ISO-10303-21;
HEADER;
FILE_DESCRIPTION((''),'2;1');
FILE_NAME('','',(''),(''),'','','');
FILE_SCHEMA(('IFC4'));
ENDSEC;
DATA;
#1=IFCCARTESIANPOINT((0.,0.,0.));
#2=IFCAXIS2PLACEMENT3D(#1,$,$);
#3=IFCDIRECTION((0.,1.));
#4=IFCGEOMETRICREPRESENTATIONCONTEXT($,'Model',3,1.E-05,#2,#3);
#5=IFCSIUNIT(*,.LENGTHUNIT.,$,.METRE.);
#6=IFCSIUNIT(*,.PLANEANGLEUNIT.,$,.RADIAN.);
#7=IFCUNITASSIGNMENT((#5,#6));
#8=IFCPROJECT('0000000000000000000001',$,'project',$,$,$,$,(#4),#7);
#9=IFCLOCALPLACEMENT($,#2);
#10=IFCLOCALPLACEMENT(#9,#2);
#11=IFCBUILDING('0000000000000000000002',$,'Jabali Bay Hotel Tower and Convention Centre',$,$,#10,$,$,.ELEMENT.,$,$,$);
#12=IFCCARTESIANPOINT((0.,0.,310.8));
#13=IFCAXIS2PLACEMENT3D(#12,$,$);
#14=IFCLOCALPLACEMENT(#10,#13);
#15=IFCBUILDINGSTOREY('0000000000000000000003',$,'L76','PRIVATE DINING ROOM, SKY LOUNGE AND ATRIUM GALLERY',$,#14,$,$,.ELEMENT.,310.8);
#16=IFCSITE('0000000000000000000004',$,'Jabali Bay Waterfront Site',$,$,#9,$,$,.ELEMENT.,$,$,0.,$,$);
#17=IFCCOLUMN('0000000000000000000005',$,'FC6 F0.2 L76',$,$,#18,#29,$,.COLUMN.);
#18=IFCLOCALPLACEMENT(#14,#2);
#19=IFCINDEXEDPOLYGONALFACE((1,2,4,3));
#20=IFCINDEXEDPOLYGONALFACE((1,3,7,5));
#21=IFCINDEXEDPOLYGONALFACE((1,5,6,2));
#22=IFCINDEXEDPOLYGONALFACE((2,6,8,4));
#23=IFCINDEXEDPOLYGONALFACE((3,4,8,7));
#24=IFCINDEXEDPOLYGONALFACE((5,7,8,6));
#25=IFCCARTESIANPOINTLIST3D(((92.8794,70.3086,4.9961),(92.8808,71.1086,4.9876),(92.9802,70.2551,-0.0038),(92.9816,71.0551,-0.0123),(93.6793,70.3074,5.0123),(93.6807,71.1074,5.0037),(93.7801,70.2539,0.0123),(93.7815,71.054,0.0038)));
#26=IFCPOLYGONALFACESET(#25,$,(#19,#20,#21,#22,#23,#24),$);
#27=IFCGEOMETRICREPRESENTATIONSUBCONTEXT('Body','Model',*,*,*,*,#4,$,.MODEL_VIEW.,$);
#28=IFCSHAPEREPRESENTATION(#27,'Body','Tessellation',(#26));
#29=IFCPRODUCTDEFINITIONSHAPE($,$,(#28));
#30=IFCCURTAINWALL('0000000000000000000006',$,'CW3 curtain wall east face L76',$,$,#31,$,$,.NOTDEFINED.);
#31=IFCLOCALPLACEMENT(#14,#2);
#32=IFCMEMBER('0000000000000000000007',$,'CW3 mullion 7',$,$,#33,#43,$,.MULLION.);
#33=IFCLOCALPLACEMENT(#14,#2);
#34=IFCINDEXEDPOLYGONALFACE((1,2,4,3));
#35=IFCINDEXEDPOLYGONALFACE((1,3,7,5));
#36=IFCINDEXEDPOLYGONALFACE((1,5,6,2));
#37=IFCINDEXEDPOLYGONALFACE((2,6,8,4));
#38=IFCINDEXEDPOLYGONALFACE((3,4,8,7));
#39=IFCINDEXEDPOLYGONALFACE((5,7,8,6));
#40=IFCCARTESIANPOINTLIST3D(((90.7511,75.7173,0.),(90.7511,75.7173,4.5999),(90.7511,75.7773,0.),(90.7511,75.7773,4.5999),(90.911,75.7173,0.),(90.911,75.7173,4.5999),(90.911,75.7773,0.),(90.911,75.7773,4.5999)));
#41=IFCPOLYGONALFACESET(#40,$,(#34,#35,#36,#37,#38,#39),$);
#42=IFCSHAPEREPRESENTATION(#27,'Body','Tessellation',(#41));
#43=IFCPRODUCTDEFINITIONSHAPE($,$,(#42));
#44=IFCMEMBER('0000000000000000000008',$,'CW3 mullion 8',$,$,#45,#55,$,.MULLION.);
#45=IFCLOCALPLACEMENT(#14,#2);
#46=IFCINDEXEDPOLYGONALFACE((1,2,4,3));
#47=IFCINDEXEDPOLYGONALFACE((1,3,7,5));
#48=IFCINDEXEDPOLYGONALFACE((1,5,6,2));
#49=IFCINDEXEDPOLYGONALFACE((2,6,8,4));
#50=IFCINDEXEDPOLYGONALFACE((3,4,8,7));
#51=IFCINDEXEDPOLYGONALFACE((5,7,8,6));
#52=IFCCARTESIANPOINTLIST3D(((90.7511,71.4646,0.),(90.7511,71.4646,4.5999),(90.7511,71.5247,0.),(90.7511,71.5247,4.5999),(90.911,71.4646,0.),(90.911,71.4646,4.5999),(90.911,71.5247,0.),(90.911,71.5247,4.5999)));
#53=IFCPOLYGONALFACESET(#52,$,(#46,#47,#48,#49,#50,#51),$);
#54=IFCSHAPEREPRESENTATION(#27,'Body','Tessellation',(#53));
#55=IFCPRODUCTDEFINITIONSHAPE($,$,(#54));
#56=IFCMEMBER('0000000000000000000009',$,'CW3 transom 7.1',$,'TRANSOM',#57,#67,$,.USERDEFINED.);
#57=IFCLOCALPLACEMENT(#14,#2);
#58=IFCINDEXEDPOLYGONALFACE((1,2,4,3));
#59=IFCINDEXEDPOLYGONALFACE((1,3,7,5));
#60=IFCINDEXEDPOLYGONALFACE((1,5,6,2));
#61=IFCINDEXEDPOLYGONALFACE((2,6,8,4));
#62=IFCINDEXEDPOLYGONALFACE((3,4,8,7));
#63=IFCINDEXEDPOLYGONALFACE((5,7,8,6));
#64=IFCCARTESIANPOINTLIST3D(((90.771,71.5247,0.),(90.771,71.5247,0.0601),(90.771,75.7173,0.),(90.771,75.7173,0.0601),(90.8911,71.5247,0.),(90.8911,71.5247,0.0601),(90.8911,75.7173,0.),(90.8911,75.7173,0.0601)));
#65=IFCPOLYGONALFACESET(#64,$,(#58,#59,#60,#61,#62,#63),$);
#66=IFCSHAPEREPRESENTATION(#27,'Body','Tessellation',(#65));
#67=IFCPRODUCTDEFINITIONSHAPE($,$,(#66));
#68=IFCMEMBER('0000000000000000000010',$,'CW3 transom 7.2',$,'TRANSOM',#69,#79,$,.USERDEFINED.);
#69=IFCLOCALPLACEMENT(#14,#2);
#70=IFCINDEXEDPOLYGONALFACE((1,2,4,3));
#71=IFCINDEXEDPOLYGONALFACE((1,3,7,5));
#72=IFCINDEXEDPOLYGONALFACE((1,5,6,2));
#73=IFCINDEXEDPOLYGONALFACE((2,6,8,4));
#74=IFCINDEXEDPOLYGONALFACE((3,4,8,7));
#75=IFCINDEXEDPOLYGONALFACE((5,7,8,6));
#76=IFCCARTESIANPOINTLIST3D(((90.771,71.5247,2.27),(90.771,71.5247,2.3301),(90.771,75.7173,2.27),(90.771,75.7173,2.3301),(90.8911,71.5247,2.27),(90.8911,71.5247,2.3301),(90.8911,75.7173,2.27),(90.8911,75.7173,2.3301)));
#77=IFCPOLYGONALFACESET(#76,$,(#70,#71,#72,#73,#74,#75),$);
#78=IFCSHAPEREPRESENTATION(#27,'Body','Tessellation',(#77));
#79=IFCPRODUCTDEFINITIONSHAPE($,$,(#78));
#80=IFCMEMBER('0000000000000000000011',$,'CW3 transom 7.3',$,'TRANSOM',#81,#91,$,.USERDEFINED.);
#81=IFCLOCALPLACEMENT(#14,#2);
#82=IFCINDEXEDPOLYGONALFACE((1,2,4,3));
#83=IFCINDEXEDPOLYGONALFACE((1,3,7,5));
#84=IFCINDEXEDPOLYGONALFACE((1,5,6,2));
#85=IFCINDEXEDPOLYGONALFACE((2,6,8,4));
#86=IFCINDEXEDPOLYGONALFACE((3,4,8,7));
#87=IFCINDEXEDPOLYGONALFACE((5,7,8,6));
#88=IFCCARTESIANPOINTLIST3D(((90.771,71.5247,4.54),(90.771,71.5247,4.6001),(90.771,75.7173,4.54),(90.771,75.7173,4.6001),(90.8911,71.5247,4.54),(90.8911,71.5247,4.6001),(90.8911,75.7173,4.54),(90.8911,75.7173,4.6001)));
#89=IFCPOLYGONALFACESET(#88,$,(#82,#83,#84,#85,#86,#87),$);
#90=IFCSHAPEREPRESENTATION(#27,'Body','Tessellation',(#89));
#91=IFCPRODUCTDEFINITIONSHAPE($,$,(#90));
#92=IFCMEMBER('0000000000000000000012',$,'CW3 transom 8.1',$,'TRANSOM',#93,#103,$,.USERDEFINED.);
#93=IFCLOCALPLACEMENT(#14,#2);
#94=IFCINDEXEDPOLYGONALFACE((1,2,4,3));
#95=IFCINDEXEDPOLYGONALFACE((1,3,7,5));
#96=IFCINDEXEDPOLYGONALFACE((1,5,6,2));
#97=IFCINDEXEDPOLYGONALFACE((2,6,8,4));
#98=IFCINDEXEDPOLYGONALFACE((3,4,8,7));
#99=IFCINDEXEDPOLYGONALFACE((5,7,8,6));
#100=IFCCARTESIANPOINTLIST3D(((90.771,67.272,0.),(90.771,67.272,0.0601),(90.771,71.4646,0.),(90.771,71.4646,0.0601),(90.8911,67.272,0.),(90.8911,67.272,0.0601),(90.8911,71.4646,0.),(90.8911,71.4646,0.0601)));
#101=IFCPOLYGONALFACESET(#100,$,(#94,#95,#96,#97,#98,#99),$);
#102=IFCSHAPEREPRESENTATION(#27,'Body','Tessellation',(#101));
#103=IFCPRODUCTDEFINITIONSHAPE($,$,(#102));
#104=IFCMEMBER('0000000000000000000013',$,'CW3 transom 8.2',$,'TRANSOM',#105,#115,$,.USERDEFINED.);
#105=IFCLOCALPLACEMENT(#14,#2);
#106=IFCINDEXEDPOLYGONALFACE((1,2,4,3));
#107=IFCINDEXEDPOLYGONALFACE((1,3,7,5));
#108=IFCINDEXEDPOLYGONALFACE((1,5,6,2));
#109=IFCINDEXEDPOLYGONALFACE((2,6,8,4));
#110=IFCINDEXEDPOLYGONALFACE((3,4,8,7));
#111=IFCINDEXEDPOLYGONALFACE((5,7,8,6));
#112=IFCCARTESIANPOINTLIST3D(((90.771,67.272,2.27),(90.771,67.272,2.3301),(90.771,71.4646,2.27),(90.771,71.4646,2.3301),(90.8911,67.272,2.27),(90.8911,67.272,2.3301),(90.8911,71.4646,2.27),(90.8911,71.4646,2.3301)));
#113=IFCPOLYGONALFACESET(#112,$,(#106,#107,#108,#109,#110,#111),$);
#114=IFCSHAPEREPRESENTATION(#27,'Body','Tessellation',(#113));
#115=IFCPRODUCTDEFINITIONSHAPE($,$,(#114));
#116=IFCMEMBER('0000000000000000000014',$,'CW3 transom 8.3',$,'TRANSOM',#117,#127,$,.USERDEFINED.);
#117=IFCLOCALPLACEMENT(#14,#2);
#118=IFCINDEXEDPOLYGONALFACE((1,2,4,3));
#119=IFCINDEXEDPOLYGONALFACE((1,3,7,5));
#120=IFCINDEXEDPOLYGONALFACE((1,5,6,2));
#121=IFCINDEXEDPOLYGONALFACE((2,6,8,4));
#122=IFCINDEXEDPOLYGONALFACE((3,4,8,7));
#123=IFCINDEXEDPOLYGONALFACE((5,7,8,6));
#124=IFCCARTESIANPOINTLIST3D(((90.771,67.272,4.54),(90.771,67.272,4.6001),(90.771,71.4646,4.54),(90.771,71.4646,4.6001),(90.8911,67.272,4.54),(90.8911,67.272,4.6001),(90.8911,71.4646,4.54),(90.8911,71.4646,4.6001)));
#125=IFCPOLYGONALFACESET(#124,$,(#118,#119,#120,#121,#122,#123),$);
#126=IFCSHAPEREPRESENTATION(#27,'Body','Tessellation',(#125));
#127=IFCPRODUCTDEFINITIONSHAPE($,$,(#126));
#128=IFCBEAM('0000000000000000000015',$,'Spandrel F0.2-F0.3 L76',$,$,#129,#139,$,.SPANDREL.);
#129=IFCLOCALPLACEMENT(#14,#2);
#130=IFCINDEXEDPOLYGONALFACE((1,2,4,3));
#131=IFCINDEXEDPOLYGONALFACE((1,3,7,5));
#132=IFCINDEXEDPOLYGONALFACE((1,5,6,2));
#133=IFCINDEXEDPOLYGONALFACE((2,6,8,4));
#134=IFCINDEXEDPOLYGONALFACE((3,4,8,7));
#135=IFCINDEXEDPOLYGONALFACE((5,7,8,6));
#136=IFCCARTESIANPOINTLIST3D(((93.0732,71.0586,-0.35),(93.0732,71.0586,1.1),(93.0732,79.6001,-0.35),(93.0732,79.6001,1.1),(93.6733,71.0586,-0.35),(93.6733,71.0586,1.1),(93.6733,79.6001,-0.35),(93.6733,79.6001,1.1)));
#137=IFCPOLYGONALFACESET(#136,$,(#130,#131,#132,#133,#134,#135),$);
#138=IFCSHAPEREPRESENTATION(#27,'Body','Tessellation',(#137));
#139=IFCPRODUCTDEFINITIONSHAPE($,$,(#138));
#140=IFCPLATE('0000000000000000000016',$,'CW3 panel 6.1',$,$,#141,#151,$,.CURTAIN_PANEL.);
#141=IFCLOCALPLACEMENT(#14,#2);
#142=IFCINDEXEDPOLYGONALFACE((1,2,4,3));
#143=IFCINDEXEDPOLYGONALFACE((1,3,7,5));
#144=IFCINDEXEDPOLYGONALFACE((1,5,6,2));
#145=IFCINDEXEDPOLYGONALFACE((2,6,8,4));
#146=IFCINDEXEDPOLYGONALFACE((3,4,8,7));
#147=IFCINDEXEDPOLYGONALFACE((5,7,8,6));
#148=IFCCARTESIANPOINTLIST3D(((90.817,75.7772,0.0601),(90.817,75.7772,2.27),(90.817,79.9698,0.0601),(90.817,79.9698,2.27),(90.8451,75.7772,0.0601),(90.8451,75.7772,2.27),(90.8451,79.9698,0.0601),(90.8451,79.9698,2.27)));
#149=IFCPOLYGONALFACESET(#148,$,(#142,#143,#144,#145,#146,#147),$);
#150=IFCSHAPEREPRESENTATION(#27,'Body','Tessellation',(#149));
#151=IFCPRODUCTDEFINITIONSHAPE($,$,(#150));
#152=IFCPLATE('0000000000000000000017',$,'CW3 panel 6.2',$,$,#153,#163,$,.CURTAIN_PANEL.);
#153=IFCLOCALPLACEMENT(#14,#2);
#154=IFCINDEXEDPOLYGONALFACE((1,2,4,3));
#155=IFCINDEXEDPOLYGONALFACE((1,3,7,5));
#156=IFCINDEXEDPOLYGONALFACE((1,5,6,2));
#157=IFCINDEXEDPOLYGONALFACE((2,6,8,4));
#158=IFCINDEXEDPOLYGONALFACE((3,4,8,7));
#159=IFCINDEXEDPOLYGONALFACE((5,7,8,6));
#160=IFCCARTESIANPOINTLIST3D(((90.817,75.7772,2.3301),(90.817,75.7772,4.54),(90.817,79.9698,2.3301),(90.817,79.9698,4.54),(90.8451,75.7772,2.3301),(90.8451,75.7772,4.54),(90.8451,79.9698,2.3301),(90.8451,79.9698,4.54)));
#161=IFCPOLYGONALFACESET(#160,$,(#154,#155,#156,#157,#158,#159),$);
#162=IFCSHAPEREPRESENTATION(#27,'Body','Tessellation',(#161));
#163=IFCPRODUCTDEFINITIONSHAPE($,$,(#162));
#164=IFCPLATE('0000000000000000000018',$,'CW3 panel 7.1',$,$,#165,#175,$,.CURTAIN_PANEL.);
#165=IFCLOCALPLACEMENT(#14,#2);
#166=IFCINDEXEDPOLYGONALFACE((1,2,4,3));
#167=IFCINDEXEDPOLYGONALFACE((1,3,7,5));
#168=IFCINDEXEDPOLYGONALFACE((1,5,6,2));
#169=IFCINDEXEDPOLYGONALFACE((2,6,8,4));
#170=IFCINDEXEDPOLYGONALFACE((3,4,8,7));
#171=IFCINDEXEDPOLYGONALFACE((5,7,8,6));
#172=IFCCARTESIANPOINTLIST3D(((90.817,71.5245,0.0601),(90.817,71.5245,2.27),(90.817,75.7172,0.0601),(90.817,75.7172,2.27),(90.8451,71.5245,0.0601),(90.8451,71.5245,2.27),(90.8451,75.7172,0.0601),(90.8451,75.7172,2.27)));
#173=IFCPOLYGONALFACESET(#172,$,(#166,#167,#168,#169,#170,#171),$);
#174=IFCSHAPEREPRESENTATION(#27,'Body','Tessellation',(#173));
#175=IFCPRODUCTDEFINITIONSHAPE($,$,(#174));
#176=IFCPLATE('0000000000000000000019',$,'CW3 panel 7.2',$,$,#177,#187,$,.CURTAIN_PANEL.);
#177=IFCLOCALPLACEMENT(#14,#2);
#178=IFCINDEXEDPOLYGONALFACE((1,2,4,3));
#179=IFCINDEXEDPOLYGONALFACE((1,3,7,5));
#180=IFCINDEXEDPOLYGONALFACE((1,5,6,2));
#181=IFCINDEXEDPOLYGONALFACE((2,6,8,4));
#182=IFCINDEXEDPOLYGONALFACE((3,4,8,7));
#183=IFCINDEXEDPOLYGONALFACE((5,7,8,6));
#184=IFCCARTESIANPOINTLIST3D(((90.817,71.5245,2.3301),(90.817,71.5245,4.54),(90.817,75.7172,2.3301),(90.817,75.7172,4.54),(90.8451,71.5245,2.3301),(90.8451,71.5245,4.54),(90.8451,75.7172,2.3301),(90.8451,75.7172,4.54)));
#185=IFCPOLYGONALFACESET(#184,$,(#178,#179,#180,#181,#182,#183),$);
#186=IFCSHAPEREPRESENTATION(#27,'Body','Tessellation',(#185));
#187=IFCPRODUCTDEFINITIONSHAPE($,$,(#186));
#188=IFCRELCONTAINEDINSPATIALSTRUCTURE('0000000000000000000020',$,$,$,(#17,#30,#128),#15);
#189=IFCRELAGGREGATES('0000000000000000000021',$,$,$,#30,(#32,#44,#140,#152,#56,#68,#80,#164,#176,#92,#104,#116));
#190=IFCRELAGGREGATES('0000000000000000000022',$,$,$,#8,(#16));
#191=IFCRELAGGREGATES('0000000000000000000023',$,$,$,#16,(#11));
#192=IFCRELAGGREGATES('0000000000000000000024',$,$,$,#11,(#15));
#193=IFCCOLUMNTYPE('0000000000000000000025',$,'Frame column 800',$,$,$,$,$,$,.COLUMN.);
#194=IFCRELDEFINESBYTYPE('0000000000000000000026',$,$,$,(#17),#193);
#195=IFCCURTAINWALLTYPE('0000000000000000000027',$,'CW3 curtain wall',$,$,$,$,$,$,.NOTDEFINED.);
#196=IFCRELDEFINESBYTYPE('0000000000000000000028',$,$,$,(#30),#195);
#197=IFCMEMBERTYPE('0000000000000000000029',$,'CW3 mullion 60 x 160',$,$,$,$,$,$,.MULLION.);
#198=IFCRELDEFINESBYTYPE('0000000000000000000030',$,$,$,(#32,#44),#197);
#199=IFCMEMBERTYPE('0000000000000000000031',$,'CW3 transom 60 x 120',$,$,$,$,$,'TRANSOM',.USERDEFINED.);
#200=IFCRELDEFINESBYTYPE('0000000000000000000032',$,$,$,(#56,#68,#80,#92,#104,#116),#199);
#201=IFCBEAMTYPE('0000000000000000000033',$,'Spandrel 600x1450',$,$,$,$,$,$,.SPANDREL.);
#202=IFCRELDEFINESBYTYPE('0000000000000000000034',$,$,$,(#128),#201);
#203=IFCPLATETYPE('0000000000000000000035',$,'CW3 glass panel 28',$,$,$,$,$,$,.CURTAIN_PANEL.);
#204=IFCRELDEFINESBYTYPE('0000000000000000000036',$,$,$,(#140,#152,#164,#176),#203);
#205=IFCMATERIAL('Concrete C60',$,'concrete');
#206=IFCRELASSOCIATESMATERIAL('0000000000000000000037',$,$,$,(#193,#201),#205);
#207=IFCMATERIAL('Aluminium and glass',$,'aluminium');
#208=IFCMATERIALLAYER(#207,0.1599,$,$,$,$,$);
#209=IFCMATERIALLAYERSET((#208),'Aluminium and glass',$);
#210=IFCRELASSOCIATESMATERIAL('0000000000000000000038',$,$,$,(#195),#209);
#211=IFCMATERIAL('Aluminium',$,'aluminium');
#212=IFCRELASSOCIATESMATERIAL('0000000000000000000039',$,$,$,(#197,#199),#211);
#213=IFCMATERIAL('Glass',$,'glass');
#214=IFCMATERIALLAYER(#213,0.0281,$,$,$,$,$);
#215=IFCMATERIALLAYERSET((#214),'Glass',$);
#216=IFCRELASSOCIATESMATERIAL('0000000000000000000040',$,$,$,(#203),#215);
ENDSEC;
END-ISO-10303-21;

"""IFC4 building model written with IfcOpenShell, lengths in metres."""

from ifc_helpers import new_model, si_unit, direction, frame, origin, origin_2d, place, context, subcontext, project, spatial, rectangle, extrude, material, layer, layer_set, material_profile, profile_set, type_object, element, aggregate, save


model = new_model("IFC4")

# Units and contexts
model_context = context("Model", 3, precision=1e-05, world=origin(), true_north=direction((0.0, 1.0)))
body_context = subcontext(model_context, "Body", "Model", "MODEL_VIEW")
ifc_project = project(units=[si_unit("LENGTHUNIT", "METRE"), si_unit("PLANEANGLEUNIT", "RADIAN")], contexts=[model_context])

# Site, building, storey
site_placement = place(None, origin())
site = spatial("IfcSite", under=ifc_project, at=site_placement, Name="Jabali Bay Waterfront Site", CompositionType="ELEMENT", RefElevation=0.0)
building_placement = place(site_placement, origin())
building = spatial("IfcBuilding", under=site, at=building_placement, Name="Jabali Bay Hotel Tower and Convention Centre", CompositionType="ELEMENT")
storey_placement = place(building_placement, frame((0.0, 0.0, 310.8)))
storey = spatial("IfcBuildingStorey", under=building, at=storey_placement, Name="L76", Description="PRIVATE DINING ROOM, SKY LOUNGE AND ATRIUM GALLERY", CompositionType="ELEMENT", Elevation=310.8)

# Column
ifc_material_1 = material(Name="Concrete C60", Category="concrete")
ifc_material_profile_1 = material_profile(ifc_material_1, rectangle(XDim=0.8, YDim=0.8, at=origin_2d()), Name="Frame column 800")
ifc_profile_set_1 = profile_set([ifc_material_profile_1], Name="Concrete C60")
column_type = type_object("IfcColumnType", Name="Frame column 800", PredefinedType="COLUMN", material=ifc_profile_set_1)
column_placement = place(storey_placement, frame((93.3809, 70.6545, 0.0), z_axis=(-0.020161, 0.010691, 0.99974), x_axis=(-0.001692, -0.999942, 0.010659)))
element("IfcColumn", 1, at=column_placement, inside=storey, type_object=column_type, Name="FC6 F0.2 L76", PredefinedType="COLUMN", context=body_context, shape_type="SweptSolid", body=[
    extrude(rectangle(XDim=0.8, YDim=0.8, at=origin_2d()), origin(), (0.0, 0.0, 1.0), 5.0012),
])

# Curtain wall, members
ifc_material_2 = material(Name="Aluminium and glass", Category="aluminium")
ifc_layer_1 = layer(ifc_material_2, 0.1599)
ifc_layer_set_1 = layer_set([ifc_layer_1], Name="Aluminium and glass")
curtain_wall_type = type_object("IfcCurtainWallType", Name="CW3 curtain wall", PredefinedType="NOTDEFINED", material=ifc_layer_set_1)
curtain_wall_placement = place(storey_placement, origin())
curtain_wall = element("IfcCurtainWall", 2, at=curtain_wall_placement, inside=storey, type_object=curtain_wall_type, Name="CW3 curtain wall east face L76", PredefinedType="NOTDEFINED")
ifc_material_3 = material(Name="Aluminium", Category="aluminium")
ifc_material_profile_2 = material_profile(ifc_material_3, rectangle(XDim=0.1599, YDim=0.0601, at=origin_2d()), Name="CW3 mullion 60 x 160")
ifc_profile_set_2 = profile_set([ifc_material_profile_2], Name="Aluminium")
member_type_1 = type_object("IfcMemberType", Name="CW3 mullion 60 x 160", PredefinedType="MULLION", material=ifc_profile_set_2)
member_1_placement = place(storey_placement, frame((90.8311, 75.7473, 0.0), z_axis=(0.0, 0.0, 1.0), x_axis=(1.0, 0.0, 0.0)))
member_1 = element("IfcMember", 3, at=member_1_placement, type_object=member_type_1, Name="CW3 mullion 7", PredefinedType="MULLION", context=body_context, shape_type="SweptSolid", body=[
    extrude(rectangle(XDim=0.1599, YDim=0.0601, at=origin_2d()), origin(), (0.0, 0.0, 1.0), 4.5999),
])
member_2_placement = place(storey_placement, frame((90.8311, 71.4946, 0.0), z_axis=(0.0, 0.0, 1.0), x_axis=(1.0, 0.0, 0.0)))
member_2 = element("IfcMember", 4, at=member_2_placement, type_object=member_type_1, Name="CW3 mullion 8", PredefinedType="MULLION", context=body_context, shape_type="SweptSolid", body=[
    extrude(rectangle(XDim=0.1599, YDim=0.0601, at=origin_2d()), origin(), (0.0, 0.0, 1.0), 4.5999),
])
ifc_material_profile_3 = material_profile(ifc_material_3, rectangle(XDim=0.1201, YDim=0.0601, at=origin_2d()), Name="CW3 transom 60 x 120")
ifc_profile_set_3 = profile_set([ifc_material_profile_3], Name="Aluminium")
member_type_2 = type_object("IfcMemberType", Name="CW3 transom 60 x 120", ElementType="TRANSOM", PredefinedType="USERDEFINED", material=ifc_profile_set_3)
member_3_placement = place(storey_placement, frame((90.8311, 75.7173, 0.03), z_axis=(0.0, -1.0, 0.0), x_axis=(1.0, 0.0, 0.0)))
member_3 = element("IfcMember", 5, at=member_3_placement, type_object=member_type_2, Name="CW3 transom 7.1", ObjectType="TRANSOM", PredefinedType="USERDEFINED", context=body_context, shape_type="SweptSolid", body=[
    extrude(rectangle(XDim=0.1201, YDim=0.0601, at=origin_2d()), origin(), (0.0, 0.0, 1.0), 4.1926),
])
member_4_placement = place(storey_placement, frame((90.8311, 75.7173, 2.3), z_axis=(0.0, -1.0, 0.0), x_axis=(1.0, 0.0, 0.0)))
member_4 = element("IfcMember", 6, at=member_4_placement, type_object=member_type_2, Name="CW3 transom 7.2", ObjectType="TRANSOM", PredefinedType="USERDEFINED", context=body_context, shape_type="SweptSolid", body=[
    extrude(rectangle(XDim=0.1201, YDim=0.0601, at=origin_2d()), origin(), (0.0, 0.0, 1.0), 4.1926),
])
member_5_placement = place(storey_placement, frame((90.8311, 75.7173, 4.5701), z_axis=(0.0, -1.0, 0.0), x_axis=(1.0, 0.0, 0.0)))
member_5 = element("IfcMember", 7, at=member_5_placement, type_object=member_type_2, Name="CW3 transom 7.3", ObjectType="TRANSOM", PredefinedType="USERDEFINED", context=body_context, shape_type="SweptSolid", body=[
    extrude(rectangle(XDim=0.1201, YDim=0.0601, at=origin_2d()), origin(), (0.0, 0.0, 1.0), 4.1926),
])
member_6_placement = place(storey_placement, frame((90.8311, 71.4646, 0.03), z_axis=(0.0, -1.0, 0.0), x_axis=(1.0, 0.0, 0.0)))
member_6 = element("IfcMember", 8, at=member_6_placement, type_object=member_type_2, Name="CW3 transom 8.1", ObjectType="TRANSOM", PredefinedType="USERDEFINED", context=body_context, shape_type="SweptSolid", body=[
    extrude(rectangle(XDim=0.1201, YDim=0.0601, at=origin_2d()), origin(), (0.0, 0.0, 1.0), 4.1926),
])
member_7_placement = place(storey_placement, frame((90.8311, 71.4646, 2.3), z_axis=(0.0, -1.0, 0.0), x_axis=(1.0, 0.0, 0.0)))
member_7 = element("IfcMember", 9, at=member_7_placement, type_object=member_type_2, Name="CW3 transom 8.2", ObjectType="TRANSOM", PredefinedType="USERDEFINED", context=body_context, shape_type="SweptSolid", body=[
    extrude(rectangle(XDim=0.1201, YDim=0.0601, at=origin_2d()), origin(), (0.0, 0.0, 1.0), 4.1926),
])
member_8_placement = place(storey_placement, frame((90.8311, 71.4646, 4.5701), z_axis=(0.0, -1.0, 0.0), x_axis=(1.0, 0.0, 0.0)))
member_8 = element("IfcMember", 10, at=member_8_placement, type_object=member_type_2, Name="CW3 transom 8.3", ObjectType="TRANSOM", PredefinedType="USERDEFINED", context=body_context, shape_type="SweptSolid", body=[
    extrude(rectangle(XDim=0.1201, YDim=0.0601, at=origin_2d()), origin(), (0.0, 0.0, 1.0), 4.1926),
])

# Beam
ifc_material_profile_4 = material_profile(ifc_material_1, rectangle(XDim=0.6001, YDim=1.45, at=origin_2d()), Name="Spandrel 600x1450")
ifc_profile_set_4 = profile_set([ifc_material_profile_4], Name="Concrete C60")
beam_type = type_object("IfcBeamType", Name="Spandrel 600x1450", PredefinedType="SPANDREL", material=ifc_profile_set_4)
beam_placement = place(storey_placement, frame((93.3733, 71.0586, 0.375), z_axis=(0.0, 1.0, 0.0), x_axis=(-1.0, 0.0, 0.0)))
element("IfcBeam", 11, at=beam_placement, inside=storey, type_object=beam_type, Name="Spandrel F0.2-F0.3 L76", PredefinedType="SPANDREL", context=body_context, shape_type="SweptSolid", body=[
    extrude(rectangle(XDim=0.6001, YDim=1.45, at=origin_2d()), origin(), (0.0, 0.0, 1.0), 8.5415),
])

# Plates
ifc_material_4 = material(Name="Glass", Category="glass")
ifc_layer_2 = layer(ifc_material_4, 0.0281)
ifc_layer_set_2 = layer_set([ifc_layer_2], Name="Glass")
plate_type = type_object("IfcPlateType", Name="CW3 glass panel 28", PredefinedType="CURTAIN_PANEL", material=ifc_layer_set_2)
plate_1_placement = place(storey_placement, frame((90.8311, 77.8735, 0.0601), z_axis=(0.0, 0.0, 1.0), x_axis=(0.0, -1.0, 0.0)))
plate_1 = element("IfcPlate", 12, at=plate_1_placement, type_object=plate_type, Name="CW3 panel 6.1", PredefinedType="CURTAIN_PANEL", context=body_context, shape_type="SweptSolid", body=[
    extrude(rectangle(XDim=4.1926, YDim=0.0281, at=origin_2d()), origin(), (0.0, 0.0, 1.0), 2.21),
])
plate_2_placement = place(storey_placement, frame((90.8311, 77.8735, 2.3301), z_axis=(0.0, 0.0, 1.0), x_axis=(0.0, -1.0, 0.0)))
plate_2 = element("IfcPlate", 13, at=plate_2_placement, type_object=plate_type, Name="CW3 panel 6.2", PredefinedType="CURTAIN_PANEL", context=body_context, shape_type="SweptSolid", body=[
    extrude(rectangle(XDim=4.1926, YDim=0.0281, at=origin_2d()), origin(), (0.0, 0.0, 1.0), 2.21),
])
plate_3_placement = place(storey_placement, frame((90.8311, 73.6208, 0.0601), z_axis=(0.0, 0.0, 1.0), x_axis=(0.0, -1.0, 0.0)))
plate_3 = element("IfcPlate", 14, at=plate_3_placement, type_object=plate_type, Name="CW3 panel 7.1", PredefinedType="CURTAIN_PANEL", context=body_context, shape_type="SweptSolid", body=[
    extrude(rectangle(XDim=4.1926, YDim=0.0281, at=origin_2d()), origin(), (0.0, 0.0, 1.0), 2.21),
])
plate_4_placement = place(storey_placement, frame((90.8311, 73.6208, 2.3301), z_axis=(0.0, 0.0, 1.0), x_axis=(0.0, -1.0, 0.0)))
plate_4 = element("IfcPlate", 15, at=plate_4_placement, type_object=plate_type, Name="CW3 panel 7.2", PredefinedType="CURTAIN_PANEL", context=body_context, shape_type="SweptSolid", body=[
    extrude(rectangle(XDim=4.1926, YDim=0.0281, at=origin_2d()), origin(), (0.0, 0.0, 1.0), 2.21),
])
aggregate(curtain_wall, [member_1, member_2, plate_1, plate_2, member_3, member_4, member_5, plate_3, plate_4, member_6, member_7, member_8])

save(model, "model.ifc")
